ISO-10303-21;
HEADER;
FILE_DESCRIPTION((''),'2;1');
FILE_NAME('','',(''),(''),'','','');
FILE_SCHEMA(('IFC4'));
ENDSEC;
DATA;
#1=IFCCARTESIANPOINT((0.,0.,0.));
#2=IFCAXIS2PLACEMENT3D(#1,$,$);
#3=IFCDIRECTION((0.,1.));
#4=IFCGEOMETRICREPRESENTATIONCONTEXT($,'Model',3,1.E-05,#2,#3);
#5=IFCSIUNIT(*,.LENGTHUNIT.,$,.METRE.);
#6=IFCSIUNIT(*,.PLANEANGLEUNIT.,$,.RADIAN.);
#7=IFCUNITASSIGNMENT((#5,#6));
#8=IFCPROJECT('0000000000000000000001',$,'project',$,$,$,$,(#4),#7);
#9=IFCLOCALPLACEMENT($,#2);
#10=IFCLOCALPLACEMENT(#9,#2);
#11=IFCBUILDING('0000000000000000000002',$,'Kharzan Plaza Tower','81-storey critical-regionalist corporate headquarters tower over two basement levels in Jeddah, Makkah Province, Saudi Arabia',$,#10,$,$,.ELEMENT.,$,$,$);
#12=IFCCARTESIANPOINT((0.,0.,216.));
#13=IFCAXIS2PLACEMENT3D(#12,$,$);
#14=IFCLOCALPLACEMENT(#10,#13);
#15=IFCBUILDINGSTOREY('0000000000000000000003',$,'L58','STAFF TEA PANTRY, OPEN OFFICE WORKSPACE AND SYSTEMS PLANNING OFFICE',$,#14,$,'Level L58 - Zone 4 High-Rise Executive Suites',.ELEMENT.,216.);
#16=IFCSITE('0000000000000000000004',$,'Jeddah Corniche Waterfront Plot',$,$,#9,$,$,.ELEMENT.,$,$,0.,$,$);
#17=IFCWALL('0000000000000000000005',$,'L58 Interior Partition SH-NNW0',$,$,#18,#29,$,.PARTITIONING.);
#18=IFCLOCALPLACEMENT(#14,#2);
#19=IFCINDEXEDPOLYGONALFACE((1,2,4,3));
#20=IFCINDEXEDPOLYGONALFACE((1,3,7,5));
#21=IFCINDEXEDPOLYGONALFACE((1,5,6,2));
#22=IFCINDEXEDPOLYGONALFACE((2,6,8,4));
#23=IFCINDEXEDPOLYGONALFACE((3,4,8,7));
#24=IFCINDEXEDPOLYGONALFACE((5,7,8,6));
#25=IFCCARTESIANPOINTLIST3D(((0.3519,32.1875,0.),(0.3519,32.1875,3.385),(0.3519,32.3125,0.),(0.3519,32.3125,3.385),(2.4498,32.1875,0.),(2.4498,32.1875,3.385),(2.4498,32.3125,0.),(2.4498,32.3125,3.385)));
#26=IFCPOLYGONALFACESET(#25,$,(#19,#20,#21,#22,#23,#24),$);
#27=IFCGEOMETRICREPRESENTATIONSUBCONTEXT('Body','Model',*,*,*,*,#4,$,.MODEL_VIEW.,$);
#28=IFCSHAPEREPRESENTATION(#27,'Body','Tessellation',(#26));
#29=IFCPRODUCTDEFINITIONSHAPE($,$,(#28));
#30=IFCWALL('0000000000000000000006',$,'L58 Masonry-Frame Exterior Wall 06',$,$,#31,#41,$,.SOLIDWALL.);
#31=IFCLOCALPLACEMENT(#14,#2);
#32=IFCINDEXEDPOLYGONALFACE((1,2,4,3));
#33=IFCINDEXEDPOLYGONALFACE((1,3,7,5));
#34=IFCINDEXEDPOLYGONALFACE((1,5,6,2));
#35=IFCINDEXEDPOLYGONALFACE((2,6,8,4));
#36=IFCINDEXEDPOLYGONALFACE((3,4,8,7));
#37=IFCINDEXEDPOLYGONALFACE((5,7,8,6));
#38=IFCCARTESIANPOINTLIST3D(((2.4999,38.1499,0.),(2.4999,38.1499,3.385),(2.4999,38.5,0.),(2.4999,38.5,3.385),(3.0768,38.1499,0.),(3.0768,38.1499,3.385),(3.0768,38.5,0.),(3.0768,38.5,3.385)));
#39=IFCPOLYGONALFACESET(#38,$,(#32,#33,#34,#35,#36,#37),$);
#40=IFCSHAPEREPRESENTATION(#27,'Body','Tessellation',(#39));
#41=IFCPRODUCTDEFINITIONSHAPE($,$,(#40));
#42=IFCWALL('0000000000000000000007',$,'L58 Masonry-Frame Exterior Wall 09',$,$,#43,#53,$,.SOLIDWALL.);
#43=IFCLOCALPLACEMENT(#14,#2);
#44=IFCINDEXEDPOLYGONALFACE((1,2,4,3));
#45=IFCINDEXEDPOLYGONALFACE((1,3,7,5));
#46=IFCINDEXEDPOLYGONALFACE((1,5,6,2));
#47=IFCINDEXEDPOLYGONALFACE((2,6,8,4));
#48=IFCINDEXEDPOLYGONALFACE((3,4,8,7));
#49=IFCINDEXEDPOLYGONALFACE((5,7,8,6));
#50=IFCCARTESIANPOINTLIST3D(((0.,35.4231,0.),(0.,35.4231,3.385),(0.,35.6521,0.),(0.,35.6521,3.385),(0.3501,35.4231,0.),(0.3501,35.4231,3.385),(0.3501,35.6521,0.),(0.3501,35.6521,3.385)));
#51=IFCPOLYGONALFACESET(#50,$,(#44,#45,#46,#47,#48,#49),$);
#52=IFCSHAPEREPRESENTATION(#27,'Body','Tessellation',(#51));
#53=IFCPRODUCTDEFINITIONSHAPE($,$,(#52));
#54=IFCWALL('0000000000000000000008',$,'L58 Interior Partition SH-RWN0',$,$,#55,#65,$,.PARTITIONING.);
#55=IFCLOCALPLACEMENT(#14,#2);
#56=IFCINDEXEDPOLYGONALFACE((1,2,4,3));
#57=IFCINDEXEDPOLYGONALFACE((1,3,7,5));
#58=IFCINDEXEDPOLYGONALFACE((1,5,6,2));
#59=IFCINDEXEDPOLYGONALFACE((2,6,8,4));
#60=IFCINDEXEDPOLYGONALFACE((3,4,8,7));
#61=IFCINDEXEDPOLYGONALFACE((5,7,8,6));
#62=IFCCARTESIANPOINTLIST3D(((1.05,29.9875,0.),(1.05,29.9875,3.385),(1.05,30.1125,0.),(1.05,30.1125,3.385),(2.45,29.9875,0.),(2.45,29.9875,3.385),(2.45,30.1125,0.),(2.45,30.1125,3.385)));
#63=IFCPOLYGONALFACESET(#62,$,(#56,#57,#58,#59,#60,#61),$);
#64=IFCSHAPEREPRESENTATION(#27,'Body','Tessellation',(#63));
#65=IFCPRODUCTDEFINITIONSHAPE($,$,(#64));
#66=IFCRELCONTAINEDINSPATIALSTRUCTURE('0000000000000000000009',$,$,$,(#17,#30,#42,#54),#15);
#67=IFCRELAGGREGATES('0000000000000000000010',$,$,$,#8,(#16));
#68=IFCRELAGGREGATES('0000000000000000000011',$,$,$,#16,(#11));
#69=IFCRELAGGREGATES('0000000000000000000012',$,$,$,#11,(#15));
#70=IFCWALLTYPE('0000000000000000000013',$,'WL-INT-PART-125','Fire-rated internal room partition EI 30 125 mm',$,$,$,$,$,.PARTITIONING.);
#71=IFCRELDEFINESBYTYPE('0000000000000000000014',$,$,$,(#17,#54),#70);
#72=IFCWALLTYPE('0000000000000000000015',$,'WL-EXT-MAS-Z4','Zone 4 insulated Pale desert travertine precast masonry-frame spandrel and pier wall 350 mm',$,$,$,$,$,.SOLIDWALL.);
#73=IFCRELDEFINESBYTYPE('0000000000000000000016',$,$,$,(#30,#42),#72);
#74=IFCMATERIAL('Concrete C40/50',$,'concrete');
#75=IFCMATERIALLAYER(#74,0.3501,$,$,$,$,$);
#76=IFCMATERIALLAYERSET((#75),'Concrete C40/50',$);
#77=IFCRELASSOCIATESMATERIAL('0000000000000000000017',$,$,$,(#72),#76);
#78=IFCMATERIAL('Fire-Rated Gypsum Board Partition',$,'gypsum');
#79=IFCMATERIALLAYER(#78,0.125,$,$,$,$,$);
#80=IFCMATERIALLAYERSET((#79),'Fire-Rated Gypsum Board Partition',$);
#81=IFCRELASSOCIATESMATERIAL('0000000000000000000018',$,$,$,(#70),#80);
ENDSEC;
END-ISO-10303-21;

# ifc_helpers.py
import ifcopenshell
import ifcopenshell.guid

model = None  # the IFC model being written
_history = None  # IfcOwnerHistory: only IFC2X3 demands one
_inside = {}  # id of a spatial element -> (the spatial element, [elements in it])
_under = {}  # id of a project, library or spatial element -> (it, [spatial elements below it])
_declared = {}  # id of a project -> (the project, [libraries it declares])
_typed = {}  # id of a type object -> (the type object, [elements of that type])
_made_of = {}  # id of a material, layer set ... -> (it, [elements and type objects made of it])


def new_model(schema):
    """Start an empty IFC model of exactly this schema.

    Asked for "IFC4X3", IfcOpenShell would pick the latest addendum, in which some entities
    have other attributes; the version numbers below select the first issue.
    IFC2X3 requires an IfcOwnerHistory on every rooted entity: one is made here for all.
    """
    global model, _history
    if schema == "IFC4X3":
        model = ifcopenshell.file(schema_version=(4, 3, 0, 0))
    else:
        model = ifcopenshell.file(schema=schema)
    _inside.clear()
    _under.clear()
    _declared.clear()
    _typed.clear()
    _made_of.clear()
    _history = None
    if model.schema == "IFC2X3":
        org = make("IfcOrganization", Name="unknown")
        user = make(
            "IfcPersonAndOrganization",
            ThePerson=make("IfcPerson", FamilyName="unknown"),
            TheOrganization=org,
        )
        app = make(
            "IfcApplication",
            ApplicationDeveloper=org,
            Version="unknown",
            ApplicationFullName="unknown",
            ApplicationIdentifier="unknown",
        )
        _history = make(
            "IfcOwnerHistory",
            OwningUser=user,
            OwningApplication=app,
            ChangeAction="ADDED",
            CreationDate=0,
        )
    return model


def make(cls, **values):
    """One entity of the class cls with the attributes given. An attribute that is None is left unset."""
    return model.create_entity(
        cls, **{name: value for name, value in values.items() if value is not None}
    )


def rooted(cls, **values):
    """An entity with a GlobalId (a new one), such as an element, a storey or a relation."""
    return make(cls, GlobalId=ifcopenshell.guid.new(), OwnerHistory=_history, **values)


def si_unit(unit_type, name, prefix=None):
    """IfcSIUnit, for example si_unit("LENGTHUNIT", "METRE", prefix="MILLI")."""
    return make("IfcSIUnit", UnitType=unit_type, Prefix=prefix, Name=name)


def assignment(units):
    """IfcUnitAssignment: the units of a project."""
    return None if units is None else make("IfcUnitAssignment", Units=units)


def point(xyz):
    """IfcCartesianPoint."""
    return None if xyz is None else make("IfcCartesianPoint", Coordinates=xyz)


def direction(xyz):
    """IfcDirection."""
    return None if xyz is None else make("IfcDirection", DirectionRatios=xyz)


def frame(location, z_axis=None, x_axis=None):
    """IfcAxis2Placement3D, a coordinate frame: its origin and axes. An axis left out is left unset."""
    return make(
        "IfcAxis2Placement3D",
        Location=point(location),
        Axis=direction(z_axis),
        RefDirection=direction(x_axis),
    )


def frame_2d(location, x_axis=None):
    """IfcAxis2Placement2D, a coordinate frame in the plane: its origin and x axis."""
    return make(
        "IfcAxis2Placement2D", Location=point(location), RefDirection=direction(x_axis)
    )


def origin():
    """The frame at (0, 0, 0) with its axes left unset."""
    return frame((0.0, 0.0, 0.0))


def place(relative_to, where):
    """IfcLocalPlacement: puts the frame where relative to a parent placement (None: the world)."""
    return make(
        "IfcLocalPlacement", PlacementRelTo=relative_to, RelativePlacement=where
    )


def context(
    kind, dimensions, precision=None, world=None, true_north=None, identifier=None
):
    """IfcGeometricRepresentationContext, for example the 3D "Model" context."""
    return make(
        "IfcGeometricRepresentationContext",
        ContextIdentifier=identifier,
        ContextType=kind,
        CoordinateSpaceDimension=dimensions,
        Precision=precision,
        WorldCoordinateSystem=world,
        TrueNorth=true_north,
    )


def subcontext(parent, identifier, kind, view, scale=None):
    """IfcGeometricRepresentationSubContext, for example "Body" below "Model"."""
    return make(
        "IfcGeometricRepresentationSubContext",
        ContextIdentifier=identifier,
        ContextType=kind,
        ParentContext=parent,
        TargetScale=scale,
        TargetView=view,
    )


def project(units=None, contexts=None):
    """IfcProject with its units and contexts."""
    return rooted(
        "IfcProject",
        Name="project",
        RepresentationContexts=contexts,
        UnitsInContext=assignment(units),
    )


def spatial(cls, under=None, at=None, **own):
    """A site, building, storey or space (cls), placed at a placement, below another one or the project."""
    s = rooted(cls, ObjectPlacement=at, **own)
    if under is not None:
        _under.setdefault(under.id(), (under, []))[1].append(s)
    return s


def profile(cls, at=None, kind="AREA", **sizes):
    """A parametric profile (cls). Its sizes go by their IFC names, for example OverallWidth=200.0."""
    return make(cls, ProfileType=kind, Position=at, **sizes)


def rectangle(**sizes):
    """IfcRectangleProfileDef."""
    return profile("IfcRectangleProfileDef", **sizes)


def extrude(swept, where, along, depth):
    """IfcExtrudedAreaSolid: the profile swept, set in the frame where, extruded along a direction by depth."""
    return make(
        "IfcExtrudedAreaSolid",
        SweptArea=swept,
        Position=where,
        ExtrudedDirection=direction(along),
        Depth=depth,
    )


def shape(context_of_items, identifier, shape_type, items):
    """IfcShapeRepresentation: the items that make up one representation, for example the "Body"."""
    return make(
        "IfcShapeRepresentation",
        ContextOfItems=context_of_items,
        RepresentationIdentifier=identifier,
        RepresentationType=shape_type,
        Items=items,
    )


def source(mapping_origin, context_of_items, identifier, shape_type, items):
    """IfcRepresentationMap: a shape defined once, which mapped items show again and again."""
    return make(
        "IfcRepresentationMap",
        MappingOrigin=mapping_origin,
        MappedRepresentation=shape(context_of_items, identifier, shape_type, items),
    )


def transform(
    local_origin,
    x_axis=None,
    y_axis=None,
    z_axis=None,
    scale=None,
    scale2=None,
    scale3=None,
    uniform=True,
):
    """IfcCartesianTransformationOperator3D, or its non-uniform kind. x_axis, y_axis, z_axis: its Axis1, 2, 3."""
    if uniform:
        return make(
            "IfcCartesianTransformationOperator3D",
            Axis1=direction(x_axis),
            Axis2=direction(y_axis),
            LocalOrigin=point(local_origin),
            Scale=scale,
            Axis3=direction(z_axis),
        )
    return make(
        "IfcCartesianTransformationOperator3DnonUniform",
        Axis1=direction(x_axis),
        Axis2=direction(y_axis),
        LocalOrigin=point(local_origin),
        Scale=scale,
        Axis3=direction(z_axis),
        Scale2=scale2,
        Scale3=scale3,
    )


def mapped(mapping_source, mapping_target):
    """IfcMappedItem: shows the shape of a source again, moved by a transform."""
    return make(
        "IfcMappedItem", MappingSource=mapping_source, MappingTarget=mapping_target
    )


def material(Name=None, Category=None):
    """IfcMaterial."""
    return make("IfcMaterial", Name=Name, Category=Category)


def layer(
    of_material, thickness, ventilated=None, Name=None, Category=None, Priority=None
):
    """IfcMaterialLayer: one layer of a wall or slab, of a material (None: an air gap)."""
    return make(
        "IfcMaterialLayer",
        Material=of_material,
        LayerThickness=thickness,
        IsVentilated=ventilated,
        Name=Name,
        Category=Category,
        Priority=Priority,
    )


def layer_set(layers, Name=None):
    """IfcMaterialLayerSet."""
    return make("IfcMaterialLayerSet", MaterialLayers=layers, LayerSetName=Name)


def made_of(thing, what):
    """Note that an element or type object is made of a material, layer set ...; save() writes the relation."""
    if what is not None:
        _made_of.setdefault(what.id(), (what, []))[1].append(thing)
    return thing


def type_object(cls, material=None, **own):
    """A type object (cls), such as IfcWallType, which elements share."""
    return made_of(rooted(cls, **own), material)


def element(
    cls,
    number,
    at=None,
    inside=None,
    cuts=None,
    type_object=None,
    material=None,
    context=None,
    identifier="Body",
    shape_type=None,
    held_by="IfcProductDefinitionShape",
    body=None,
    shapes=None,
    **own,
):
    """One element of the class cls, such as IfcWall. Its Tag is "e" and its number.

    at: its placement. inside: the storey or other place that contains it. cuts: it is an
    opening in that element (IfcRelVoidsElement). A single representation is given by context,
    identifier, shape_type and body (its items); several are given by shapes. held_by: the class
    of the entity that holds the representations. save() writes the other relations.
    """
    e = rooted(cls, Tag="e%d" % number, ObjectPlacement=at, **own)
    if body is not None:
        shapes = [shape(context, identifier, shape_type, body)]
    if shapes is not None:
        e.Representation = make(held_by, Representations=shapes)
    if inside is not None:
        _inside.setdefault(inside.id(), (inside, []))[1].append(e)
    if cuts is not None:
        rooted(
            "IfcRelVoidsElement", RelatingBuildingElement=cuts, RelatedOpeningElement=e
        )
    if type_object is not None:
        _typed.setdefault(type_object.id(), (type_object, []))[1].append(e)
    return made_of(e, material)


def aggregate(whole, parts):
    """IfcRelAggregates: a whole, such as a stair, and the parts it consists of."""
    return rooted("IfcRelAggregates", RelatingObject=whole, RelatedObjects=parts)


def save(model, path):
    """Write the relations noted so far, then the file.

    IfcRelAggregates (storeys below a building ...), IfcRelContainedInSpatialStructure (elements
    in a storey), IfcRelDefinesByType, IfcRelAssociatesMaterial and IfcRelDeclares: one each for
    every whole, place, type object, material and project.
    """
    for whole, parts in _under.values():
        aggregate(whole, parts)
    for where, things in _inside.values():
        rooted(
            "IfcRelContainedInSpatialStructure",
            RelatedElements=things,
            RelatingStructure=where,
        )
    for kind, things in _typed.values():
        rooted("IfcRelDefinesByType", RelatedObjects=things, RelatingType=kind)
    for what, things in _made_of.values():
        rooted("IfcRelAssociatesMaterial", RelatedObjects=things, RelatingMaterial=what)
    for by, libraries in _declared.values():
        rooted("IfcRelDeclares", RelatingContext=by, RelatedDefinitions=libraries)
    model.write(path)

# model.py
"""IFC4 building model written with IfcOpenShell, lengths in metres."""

from ifc_helpers import new_model, si_unit, direction, frame, frame_2d, origin, place, context, subcontext, project, spatial, rectangle, extrude, source, transform, mapped, material, layer, layer_set, type_object, element, save


model = new_model("IFC4")

# Units and contexts
model_context = context("Model", 3, precision=1e-05, world=origin(), true_north=direction((0.0, 1.0)))
body_context = subcontext(model_context, "Body", "Model", "MODEL_VIEW")
ifc_project = project(units=[si_unit("LENGTHUNIT", "METRE"), si_unit("PLANEANGLEUNIT", "RADIAN")], contexts=[model_context])

# Site, building, storey
site_placement = place(None, origin())
site = spatial("IfcSite", under=ifc_project, at=site_placement, Name="Jeddah Corniche Waterfront Plot", CompositionType="ELEMENT", RefElevation=0.0)
building_placement = place(site_placement, origin())
building = spatial("IfcBuilding", under=site, at=building_placement, Name="Kharzan Plaza Tower", Description="81-storey critical-regionalist corporate headquarters tower over two basement levels in Jeddah, Makkah Province, Saudi Arabia", CompositionType="ELEMENT")
storey_placement = place(building_placement, frame((0.0, 0.0, 216.0)))
storey = spatial("IfcBuildingStorey", under=building, at=storey_placement, Name="L58", Description="STAFF TEA PANTRY, OPEN OFFICE WORKSPACE AND SYSTEMS PLANNING OFFICE", LongName="Level L58 - Zone 4 High-Rise Executive Suites", CompositionType="ELEMENT", Elevation=216.0)

# Shared definitions
ifc_material_1 = material(Name="Concrete C40/50", Category="concrete")
ifc_layer_1 = layer(ifc_material_1, 0.3501)
ifc_layer_set_1 = layer_set([ifc_layer_1], Name="Concrete C40/50")
wall_type_1 = type_object("IfcWallType", Name="WL-EXT-MAS-Z4", Description="Zone 4 insulated Pale desert travertine precast masonry-frame spandrel and pier wall 350 mm", PredefinedType="SOLIDWALL", material=ifc_layer_set_1)

# Shared definitions
ifc_material_2 = material(Name="Fire-Rated Gypsum Board Partition", Category="gypsum")
ifc_layer_2 = layer(ifc_material_2, 0.125)
ifc_layer_set_2 = layer_set([ifc_layer_2], Name="Fire-Rated Gypsum Board Partition")
wall_type_2 = type_object("IfcWallType", Name="WL-INT-PART-125", Description="Fire-rated internal room partition EI 30 125 mm", PredefinedType="PARTITIONING", material=ifc_layer_set_2)

# Walls
shared_shape_1 = source(origin(), body_context, "Body", "SweptSolid", [
    extrude(rectangle(XDim=2.0979, YDim=0.125, at=frame_2d((1.0488, 0.0))), origin(), (0.0, 0.0, 1.0), 3.385),
])
wall_1_placement = place(storey_placement, frame((0.3521, 32.25, 0.0), z_axis=(0.0, 0.0, 1.0), x_axis=(1.0, 0.0, 0.0)))
element("IfcWall", 1, at=wall_1_placement, inside=storey, type_object=wall_type_2, Name="L58 Interior Partition SH-NNW0", PredefinedType="PARTITIONING", context=body_context, shape_type="MappedRepresentation", body=[
    mapped(shared_shape_1, transform((0.0, 0.0, 0.0), x_axis=(1.0, 0.0, 0.0), y_axis=(0.0, 1.0, 0.0), z_axis=(0.0, 0.0, 1.0))),
])
shared_shape_2 = source(origin(), body_context, "Body", "SweptSolid", [
    extrude(rectangle(XDim=0.5769, YDim=0.3501, at=frame_2d((0.2886, 0.0))), origin(), (0.0, 0.0, 1.0), 3.385),
])
wall_2_placement = place(storey_placement, frame((3.0769, 38.325, 0.0), z_axis=(0.0, 0.0, 1.0), x_axis=(-1.0, 0.0, 0.0)))
element("IfcWall", 2, at=wall_2_placement, inside=storey, type_object=wall_type_1, Name="L58 Masonry-Frame Exterior Wall 06", PredefinedType="SOLIDWALL", context=body_context, shape_type="MappedRepresentation", body=[
    mapped(shared_shape_2, transform((0.0, 0.0, 0.0), x_axis=(1.0, 0.0, 0.0), y_axis=(0.0, 1.0, 0.0), z_axis=(0.0, 0.0, 1.0))),
])
shared_shape_3 = source(origin(), body_context, "Body", "SweptSolid", [
    extrude(rectangle(XDim=0.229, YDim=0.3501, at=frame_2d((0.1145, 0.0))), origin(), (0.0, 0.0, 1.0), 3.385),
])
wall_3_placement = place(storey_placement, frame((0.175, 35.6521, 0.0), z_axis=(0.0, 0.0, 1.0), x_axis=(0.0, -1.0, 0.0)))
element("IfcWall", 3, at=wall_3_placement, inside=storey, type_object=wall_type_1, Name="L58 Masonry-Frame Exterior Wall 09", PredefinedType="SOLIDWALL", context=body_context, shape_type="MappedRepresentation", body=[
    mapped(shared_shape_3, transform((0.0, 0.0, 0.0), x_axis=(1.0, 0.0, 0.0), y_axis=(0.0, 1.0, 0.0), z_axis=(0.0, 0.0, 1.0))),
])
shared_shape_4 = source(origin(), body_context, "Body", "SweptSolid", [
    extrude(rectangle(XDim=1.3999, YDim=0.125, at=frame_2d((0.7, 0.0))), origin(), (0.0, 0.0, 1.0), 3.385),
])
wall_4_placement = place(storey_placement, frame((1.05, 30.05, 0.0), z_axis=(0.0, 0.0, 1.0), x_axis=(1.0, 0.0, 0.0)))
element("IfcWall", 4, at=wall_4_placement, inside=storey, type_object=wall_type_2, Name="L58 Interior Partition SH-RWN0", PredefinedType="PARTITIONING", context=body_context, shape_type="MappedRepresentation", body=[
    mapped(shared_shape_4, transform((0.0, 0.0, 0.0), x_axis=(1.0, 0.0, 0.0), y_axis=(0.0, 1.0, 0.0), z_axis=(0.0, 0.0, 1.0))),
])

save(model, "model.ifc")
